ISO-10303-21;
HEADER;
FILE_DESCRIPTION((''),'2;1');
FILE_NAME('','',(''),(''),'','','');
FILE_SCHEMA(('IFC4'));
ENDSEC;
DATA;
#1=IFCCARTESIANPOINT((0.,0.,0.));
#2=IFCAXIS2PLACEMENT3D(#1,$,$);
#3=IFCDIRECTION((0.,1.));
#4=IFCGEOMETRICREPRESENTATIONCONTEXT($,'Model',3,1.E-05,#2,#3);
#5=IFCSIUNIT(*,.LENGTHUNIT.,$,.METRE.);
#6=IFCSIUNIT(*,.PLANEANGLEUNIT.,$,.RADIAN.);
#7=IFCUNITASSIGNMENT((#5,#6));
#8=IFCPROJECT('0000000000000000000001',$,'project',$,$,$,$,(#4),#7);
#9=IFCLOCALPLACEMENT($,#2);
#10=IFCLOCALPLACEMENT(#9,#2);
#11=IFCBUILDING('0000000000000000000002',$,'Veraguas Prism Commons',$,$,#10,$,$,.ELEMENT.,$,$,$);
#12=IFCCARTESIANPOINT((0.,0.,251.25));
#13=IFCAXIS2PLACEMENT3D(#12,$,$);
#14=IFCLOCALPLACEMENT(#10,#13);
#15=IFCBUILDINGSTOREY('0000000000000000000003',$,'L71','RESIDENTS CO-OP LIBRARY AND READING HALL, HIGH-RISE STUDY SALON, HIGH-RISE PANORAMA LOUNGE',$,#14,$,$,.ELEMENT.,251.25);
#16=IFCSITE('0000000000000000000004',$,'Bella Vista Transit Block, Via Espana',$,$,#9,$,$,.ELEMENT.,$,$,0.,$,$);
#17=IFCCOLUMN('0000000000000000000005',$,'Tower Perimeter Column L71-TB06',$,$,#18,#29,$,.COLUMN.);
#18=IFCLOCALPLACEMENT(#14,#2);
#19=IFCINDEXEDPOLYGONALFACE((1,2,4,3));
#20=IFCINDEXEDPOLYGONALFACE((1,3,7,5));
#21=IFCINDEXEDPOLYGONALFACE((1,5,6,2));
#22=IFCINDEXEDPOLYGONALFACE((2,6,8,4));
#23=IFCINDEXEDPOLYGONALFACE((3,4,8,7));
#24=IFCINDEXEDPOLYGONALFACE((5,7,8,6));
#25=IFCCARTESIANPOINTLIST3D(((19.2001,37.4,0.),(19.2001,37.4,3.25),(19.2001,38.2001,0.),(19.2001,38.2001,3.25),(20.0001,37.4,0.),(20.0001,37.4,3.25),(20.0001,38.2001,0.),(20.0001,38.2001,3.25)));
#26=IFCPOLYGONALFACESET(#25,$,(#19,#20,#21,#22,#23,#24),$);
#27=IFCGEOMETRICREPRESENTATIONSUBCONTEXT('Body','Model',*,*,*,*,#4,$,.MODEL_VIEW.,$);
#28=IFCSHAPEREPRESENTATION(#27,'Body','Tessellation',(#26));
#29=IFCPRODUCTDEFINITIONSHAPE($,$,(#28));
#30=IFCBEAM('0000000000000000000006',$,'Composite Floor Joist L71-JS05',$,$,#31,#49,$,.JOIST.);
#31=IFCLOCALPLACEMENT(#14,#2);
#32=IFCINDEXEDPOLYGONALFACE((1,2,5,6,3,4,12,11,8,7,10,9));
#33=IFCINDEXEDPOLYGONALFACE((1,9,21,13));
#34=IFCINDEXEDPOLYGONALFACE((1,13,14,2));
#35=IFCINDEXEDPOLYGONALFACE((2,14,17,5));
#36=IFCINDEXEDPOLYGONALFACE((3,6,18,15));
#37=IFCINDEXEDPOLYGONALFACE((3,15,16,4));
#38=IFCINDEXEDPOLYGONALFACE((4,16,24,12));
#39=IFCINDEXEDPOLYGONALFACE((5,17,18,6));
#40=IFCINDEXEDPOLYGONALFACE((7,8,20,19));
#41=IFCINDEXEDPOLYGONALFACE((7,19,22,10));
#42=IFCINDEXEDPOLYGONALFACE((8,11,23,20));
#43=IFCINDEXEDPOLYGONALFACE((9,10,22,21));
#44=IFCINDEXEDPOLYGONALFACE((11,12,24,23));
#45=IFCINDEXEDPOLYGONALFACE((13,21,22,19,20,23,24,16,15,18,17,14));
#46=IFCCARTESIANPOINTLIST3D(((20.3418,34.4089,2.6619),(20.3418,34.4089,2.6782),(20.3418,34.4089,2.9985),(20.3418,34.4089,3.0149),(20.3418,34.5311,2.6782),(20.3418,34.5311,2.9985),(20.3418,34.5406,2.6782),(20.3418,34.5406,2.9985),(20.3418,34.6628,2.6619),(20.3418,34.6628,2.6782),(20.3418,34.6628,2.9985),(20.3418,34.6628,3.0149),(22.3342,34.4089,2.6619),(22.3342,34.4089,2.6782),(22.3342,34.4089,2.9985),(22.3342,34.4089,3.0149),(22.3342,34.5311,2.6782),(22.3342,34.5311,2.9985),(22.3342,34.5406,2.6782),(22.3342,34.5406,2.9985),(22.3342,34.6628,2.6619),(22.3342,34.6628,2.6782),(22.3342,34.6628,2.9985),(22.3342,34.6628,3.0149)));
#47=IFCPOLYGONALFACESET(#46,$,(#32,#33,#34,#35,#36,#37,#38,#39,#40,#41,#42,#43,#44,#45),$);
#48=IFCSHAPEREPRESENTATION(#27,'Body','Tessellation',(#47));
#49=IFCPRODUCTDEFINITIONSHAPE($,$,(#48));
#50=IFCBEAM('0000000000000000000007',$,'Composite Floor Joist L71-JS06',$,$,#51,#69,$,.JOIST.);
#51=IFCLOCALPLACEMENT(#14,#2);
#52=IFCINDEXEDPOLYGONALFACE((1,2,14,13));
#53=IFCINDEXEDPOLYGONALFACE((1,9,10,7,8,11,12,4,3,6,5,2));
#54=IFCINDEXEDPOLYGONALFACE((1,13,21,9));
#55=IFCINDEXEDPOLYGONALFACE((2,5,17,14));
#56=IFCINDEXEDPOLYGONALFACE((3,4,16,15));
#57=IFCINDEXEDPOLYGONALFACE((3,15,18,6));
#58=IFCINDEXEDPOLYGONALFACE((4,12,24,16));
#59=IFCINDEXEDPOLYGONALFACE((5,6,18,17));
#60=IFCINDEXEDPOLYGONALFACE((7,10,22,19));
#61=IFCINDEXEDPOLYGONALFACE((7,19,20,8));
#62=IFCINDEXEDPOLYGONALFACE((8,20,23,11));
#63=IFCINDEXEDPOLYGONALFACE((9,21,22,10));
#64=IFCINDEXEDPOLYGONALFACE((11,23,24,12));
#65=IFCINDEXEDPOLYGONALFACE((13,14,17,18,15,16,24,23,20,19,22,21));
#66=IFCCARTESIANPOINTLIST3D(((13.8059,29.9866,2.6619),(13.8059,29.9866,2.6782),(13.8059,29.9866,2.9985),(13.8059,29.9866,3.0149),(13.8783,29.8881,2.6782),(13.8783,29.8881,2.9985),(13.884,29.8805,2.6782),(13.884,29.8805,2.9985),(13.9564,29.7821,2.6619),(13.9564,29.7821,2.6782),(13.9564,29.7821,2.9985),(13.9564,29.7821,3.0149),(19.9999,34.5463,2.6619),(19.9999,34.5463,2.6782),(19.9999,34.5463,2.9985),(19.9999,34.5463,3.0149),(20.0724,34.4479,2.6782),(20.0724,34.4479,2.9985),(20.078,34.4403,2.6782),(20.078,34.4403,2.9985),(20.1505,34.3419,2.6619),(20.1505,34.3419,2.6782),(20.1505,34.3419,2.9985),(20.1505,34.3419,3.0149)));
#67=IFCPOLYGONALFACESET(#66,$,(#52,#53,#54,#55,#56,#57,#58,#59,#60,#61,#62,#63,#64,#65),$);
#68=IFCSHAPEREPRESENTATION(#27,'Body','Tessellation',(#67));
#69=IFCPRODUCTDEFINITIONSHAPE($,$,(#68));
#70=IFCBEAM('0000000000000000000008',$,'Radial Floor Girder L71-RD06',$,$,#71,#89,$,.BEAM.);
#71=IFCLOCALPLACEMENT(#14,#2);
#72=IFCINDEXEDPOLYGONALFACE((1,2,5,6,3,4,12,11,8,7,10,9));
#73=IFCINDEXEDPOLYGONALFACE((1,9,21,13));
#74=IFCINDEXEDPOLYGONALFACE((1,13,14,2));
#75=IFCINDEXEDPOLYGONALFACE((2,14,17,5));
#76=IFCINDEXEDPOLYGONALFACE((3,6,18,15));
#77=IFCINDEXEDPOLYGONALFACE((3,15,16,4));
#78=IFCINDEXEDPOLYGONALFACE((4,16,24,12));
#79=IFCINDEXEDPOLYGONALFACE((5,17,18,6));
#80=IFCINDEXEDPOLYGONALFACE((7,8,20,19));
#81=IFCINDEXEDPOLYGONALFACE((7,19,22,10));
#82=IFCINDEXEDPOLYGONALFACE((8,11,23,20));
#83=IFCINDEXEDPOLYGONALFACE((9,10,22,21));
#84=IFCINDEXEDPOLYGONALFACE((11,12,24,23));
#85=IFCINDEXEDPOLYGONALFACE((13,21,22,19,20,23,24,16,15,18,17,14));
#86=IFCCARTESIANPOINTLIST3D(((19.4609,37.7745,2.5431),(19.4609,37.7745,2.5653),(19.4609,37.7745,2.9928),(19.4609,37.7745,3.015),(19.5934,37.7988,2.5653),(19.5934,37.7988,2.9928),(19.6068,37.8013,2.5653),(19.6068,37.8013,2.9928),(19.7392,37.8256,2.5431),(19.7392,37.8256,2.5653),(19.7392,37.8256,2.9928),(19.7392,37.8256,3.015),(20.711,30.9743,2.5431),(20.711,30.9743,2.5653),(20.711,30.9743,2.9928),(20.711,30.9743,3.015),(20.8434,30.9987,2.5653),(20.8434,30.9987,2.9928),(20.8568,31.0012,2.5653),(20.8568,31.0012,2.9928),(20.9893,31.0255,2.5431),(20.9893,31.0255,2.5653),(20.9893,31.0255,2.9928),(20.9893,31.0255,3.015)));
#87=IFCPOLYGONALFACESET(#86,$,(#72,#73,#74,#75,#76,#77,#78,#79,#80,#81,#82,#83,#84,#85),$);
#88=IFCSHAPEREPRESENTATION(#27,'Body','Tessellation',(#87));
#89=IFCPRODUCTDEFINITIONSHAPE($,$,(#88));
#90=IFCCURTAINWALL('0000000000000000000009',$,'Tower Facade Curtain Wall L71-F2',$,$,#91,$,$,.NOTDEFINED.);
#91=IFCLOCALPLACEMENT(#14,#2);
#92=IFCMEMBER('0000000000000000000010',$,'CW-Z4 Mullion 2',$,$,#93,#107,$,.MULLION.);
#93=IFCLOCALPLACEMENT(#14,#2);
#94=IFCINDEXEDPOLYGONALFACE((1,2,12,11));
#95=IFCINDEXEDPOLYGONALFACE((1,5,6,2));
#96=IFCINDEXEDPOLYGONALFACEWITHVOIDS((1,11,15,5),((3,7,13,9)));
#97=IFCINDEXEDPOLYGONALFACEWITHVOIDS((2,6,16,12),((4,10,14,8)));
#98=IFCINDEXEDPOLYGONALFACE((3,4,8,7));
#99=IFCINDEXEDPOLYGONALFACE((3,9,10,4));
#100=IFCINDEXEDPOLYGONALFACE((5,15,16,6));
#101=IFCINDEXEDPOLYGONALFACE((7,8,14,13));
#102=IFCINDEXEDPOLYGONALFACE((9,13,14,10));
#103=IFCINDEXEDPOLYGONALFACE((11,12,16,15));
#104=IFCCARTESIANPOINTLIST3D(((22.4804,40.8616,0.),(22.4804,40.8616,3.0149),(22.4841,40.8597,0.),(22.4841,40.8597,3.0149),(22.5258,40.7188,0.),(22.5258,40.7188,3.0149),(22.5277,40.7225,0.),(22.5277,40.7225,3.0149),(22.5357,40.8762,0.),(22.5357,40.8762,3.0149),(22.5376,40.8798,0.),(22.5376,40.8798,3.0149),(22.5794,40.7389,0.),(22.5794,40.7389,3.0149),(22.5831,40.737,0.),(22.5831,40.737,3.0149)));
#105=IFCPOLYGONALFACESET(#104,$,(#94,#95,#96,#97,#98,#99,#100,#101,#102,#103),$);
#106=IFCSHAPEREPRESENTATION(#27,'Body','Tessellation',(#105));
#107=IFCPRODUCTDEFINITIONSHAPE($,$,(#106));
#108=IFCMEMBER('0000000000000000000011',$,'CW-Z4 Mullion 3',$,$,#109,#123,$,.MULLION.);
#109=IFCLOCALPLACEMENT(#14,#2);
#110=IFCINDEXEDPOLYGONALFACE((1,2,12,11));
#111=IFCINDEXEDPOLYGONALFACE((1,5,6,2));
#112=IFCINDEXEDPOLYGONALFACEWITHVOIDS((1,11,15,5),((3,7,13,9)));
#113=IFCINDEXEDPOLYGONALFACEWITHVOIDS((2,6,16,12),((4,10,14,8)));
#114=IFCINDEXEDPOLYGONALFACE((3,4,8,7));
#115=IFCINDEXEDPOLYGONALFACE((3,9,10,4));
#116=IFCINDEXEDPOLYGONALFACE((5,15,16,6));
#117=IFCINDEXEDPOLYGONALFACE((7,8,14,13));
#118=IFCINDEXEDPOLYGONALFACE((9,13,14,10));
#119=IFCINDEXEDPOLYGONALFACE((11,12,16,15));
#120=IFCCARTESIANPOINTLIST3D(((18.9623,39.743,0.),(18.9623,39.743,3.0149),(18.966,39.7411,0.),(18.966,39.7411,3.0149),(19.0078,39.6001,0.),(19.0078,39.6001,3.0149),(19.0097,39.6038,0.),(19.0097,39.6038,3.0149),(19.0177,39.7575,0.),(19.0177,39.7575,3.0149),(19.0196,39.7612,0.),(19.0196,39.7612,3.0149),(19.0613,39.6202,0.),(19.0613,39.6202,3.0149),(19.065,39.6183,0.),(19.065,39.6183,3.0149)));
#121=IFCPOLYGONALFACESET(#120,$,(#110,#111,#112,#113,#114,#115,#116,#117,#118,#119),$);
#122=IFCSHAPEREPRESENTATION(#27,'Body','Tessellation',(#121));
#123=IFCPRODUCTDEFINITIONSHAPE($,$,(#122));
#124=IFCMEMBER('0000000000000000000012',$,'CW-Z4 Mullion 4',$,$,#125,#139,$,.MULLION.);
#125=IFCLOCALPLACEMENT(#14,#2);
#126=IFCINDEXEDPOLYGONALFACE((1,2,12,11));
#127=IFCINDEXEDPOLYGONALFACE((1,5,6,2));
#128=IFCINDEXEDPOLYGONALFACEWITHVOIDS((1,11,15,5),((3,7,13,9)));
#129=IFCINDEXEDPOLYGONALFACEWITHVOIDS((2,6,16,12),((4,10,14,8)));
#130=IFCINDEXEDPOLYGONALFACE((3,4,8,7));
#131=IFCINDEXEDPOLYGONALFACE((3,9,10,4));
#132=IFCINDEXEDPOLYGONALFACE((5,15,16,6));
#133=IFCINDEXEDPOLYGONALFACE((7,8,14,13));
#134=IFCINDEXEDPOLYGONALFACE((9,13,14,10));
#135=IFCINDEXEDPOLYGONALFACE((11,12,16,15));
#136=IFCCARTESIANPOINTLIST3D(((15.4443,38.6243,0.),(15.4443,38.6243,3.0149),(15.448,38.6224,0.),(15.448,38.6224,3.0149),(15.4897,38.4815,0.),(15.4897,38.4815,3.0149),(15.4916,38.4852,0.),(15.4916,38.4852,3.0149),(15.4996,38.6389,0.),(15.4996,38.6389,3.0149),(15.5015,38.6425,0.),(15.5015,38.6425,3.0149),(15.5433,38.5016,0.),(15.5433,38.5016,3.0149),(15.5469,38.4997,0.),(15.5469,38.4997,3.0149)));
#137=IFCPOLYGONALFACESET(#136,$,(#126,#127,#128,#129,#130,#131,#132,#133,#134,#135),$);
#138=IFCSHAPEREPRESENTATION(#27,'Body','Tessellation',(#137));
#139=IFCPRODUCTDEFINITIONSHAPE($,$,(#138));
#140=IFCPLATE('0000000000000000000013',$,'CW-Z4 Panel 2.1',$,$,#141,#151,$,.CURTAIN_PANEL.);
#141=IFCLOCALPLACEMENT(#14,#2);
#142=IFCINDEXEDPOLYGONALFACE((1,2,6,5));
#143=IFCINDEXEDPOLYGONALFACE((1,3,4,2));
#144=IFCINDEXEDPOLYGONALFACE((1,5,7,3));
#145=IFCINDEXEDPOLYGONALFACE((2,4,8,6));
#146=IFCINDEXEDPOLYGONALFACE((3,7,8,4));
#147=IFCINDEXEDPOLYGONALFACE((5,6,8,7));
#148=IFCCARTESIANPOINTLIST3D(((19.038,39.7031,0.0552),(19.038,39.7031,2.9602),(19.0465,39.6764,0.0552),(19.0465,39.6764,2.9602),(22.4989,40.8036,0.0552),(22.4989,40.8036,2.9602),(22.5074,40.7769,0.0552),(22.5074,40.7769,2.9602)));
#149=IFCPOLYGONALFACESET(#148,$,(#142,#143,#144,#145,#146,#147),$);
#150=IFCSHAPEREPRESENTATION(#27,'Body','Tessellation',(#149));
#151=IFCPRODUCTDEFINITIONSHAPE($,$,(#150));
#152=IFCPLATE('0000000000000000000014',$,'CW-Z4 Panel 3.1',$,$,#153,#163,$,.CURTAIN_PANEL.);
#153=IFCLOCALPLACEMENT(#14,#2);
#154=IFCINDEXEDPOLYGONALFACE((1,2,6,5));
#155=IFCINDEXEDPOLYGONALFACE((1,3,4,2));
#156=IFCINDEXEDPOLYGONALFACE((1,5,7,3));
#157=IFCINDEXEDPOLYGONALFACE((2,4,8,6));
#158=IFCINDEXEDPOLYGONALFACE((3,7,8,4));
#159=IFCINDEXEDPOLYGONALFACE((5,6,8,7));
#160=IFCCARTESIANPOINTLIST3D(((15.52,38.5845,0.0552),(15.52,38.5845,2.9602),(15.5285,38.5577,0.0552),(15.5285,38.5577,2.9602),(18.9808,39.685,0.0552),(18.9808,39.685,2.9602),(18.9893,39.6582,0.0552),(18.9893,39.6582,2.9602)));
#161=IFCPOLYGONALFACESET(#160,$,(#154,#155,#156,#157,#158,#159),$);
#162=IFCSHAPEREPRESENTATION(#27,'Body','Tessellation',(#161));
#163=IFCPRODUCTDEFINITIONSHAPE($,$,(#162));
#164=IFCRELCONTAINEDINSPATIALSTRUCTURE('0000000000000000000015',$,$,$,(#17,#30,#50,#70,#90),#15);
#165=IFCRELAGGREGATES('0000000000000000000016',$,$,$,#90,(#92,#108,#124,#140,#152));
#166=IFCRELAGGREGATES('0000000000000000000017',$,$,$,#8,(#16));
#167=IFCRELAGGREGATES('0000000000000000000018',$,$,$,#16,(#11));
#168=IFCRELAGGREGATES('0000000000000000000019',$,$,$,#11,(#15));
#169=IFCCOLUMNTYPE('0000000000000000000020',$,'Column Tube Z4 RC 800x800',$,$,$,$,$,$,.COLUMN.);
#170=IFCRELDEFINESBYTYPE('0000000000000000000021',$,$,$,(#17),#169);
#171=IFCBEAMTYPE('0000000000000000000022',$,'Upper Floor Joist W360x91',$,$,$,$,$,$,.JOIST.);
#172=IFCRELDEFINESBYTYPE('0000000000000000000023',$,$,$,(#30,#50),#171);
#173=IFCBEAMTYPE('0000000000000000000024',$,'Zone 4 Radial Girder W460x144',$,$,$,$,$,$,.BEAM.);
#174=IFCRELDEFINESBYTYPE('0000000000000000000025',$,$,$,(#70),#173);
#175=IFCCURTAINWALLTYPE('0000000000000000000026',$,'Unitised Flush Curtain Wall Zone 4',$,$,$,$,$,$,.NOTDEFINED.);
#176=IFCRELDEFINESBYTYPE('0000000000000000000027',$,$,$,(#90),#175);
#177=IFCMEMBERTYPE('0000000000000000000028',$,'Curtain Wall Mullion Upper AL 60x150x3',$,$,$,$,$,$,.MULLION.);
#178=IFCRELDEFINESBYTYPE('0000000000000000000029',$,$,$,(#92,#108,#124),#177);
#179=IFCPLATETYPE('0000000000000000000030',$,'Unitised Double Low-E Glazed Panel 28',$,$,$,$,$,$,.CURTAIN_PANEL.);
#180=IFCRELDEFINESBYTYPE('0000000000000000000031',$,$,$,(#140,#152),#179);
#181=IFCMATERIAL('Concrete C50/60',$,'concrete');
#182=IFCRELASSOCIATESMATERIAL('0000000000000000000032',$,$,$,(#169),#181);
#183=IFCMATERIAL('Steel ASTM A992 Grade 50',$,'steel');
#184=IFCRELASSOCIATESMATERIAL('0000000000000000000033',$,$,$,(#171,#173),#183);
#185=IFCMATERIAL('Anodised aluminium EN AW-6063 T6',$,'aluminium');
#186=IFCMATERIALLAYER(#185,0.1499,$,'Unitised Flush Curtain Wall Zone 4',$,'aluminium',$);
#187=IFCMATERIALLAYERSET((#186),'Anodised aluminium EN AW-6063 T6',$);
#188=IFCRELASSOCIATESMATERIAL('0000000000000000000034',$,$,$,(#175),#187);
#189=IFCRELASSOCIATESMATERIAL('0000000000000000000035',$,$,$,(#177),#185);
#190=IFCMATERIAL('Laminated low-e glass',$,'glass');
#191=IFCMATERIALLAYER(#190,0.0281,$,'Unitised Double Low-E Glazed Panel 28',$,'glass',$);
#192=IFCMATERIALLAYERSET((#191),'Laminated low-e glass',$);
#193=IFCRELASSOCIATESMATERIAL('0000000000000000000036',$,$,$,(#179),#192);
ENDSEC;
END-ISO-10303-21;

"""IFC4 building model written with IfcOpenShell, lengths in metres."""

from ifc_helpers import new_model, si_unit, direction, frame, origin, origin_2d, place, context, subcontext, project, spatial, rectangle, hollow_rectangle, i_section, extrude, source, transform, mapped, material, layer, layer_set, material_profile, profile_set, type_object, element, aggregate, save


model = new_model("IFC4")

# Units and contexts
model_context = context("Model", 3, precision=1e-05, world=origin(), true_north=direction((0.0, 1.0)))
body_context = subcontext(model_context, "Body", "Model", "MODEL_VIEW")
ifc_project = project(units=[si_unit("LENGTHUNIT", "METRE"), si_unit("PLANEANGLEUNIT", "RADIAN")], contexts=[model_context])

# Site, building, storey
site_placement = place(None, origin())
site = spatial("IfcSite", under=ifc_project, at=site_placement, Name="Bella Vista Transit Block, Via Espana", CompositionType="ELEMENT", RefElevation=0.0)
building_placement = place(site_placement, origin())
building = spatial("IfcBuilding", under=site, at=building_placement, Name="Veraguas Prism Commons", CompositionType="ELEMENT")
storey_placement = place(building_placement, frame((0.0, 0.0, 251.25)))
storey = spatial("IfcBuildingStorey", under=building, at=storey_placement, Name="L71", Description="RESIDENTS CO-OP LIBRARY AND READING HALL, HIGH-RISE STUDY SALON, HIGH-RISE PANORAMA LOUNGE", CompositionType="ELEMENT", Elevation=251.25)

# Column
ifc_material_1 = material(Name="Concrete C50/60", Category="concrete")
ifc_material_profile_1 = material_profile(ifc_material_1, rectangle(XDim=0.8, YDim=0.8, at=origin_2d()), Name="RC800X800")
ifc_profile_set_1 = profile_set([ifc_material_profile_1], Name="Concrete C50/60")
column_type = type_object("IfcColumnType", Name="Column Tube Z4 RC 800x800", PredefinedType="COLUMN", material=ifc_profile_set_1)
column_placement = place(storey_placement, frame((19.6001, 37.8, 0.0), z_axis=(0.0, 0.0, 1.0), x_axis=(1.0, 0.0, 0.0)))
element("IfcColumn", 1, at=column_placement, inside=storey, type_object=column_type, Name="Tower Perimeter Column L71-TB06", PredefinedType="COLUMN", context=body_context, shape_type="SweptSolid", body=[
    extrude(rectangle(XDim=0.8, YDim=0.8, at=origin_2d()), origin(), (0.0, 0.0, 1.0), 3.25),
])

# Beams
ifc_material_2 = material(Name="Steel ASTM A992 Grade 50", Category="steel")
ifc_material_profile_2 = material_profile(ifc_material_2, i_section(OverallWidth=0.2539, OverallDepth=0.353, WebThickness=0.0095, FlangeThickness=0.0164, at=origin_2d()), Name="W360X91")
ifc_profile_set_2 = profile_set([ifc_material_profile_2], Name="Steel ASTM A992 Grade 50")
beam_type_1 = type_object("IfcBeamType", Name="Upper Floor Joist W360x91", PredefinedType="JOIST", material=ifc_profile_set_2)
beam_1_placement = place(storey_placement, frame((22.3342, 34.5359, 2.8384), z_axis=(-1.0, 0.0, 0.0), x_axis=(0.0, -1.0, 0.0)))
element("IfcBeam", 2, at=beam_1_placement, inside=storey, type_object=beam_type_1, Name="Composite Floor Joist L71-JS05", PredefinedType="JOIST", context=body_context, shape_type="SweptSolid", body=[
    extrude(i_section(OverallWidth=0.2539, OverallDepth=0.353, WebThickness=0.0095, FlangeThickness=0.0164, at=origin_2d()), origin(), (0.0, 0.0, 1.0), 1.9924),
])
beam_2_placement = place(storey_placement, frame((20.0752, 34.4441, 2.8384), z_axis=(-0.80532, -0.592841, 0.0), x_axis=(0.592841, -0.80532, 0.0)))
element("IfcBeam", 3, at=beam_2_placement, inside=storey, type_object=beam_type_1, Name="Composite Floor Joist L71-JS06", PredefinedType="JOIST", context=body_context, shape_type="SweptSolid", body=[
    extrude(i_section(OverallWidth=0.2539, OverallDepth=0.353, WebThickness=0.0095, FlangeThickness=0.0164, at=origin_2d()), origin(), (0.0, 0.0, 1.0), 7.6914),
])
ifc_material_profile_3 = material_profile(ifc_material_2, i_section(OverallWidth=0.283, OverallDepth=0.4719, WebThickness=0.0137, FlangeThickness=0.0222, at=origin_2d()), Name="W460X144")
ifc_profile_set_3 = profile_set([ifc_material_profile_3], Name="Steel ASTM A992 Grade 50")
beam_type_2 = type_object("IfcBeamType", Name="Zone 4 Radial Girder W460x144", PredefinedType="BEAM", material=ifc_profile_set_3)
beam_3_placement = place(storey_placement, frame((19.6001, 37.8, 2.7791), z_axis=(0.180793, -0.983521, 0.0), x_axis=(0.983521, 0.180793, 0.0)))
element("IfcBeam", 4, at=beam_3_placement, inside=storey, type_object=beam_type_2, Name="Radial Floor Girder L71-RD06", PredefinedType="BEAM", context=body_context, shape_type="SweptSolid", body=[
    extrude(i_section(OverallWidth=0.283, OverallDepth=0.4719, WebThickness=0.0137, FlangeThickness=0.0222, at=origin_2d()), origin(), (0.0, 0.0, 1.0), 6.9141),
])

# Curtain wall, members, plates
ifc_material_3 = material(Name="Anodised aluminium EN AW-6063 T6", Category="aluminium")
ifc_layer_1 = layer(ifc_material_3, 0.1499, Name="Unitised Flush Curtain Wall Zone 4", Category="aluminium")
ifc_layer_set_1 = layer_set([ifc_layer_1], Name="Anodised aluminium EN AW-6063 T6")
curtain_wall_type = type_object("IfcCurtainWallType", Name="Unitised Flush Curtain Wall Zone 4", PredefinedType="NOTDEFINED", material=ifc_layer_set_1)
curtain_wall_placement = place(storey_placement, origin())
curtain_wall = element("IfcCurtainWall", 5, at=curtain_wall_placement, inside=storey, type_object=curtain_wall_type, Name="Tower Facade Curtain Wall L71-F2", PredefinedType="NOTDEFINED")
ifc_material_profile_4 = material_profile(ifc_material_3, hollow_rectangle(XDim=0.0601, YDim=0.1499, WallThickness=0.0029, at=origin_2d()), Name="AL60X150X3")
ifc_profile_set_4 = profile_set([ifc_material_profile_4], Name="Anodised aluminium EN AW-6063 T6")
member_type = type_object("IfcMemberType", Name="Curtain Wall Mullion Upper AL 60x150x3", PredefinedType="MULLION", material=ifc_profile_set_4)
shared_shape_1 = source(origin(), body_context, "Body", "SweptSolid", [
    extrude(hollow_rectangle(XDim=0.0601, YDim=0.1499, WallThickness=0.0029, at=origin_2d()), origin(), (0.0, 0.0, 1.0), 3.0149),
])
member_1_placement = place(storey_placement, frame((22.5317, 40.7993, 0.0), z_axis=(0.0, 0.0, 1.0), x_axis=(-0.95298, -0.303034, 0.0)))
member_1 = element("IfcMember", 6, at=member_1_placement, type_object=member_type, Name="CW-Z4 Mullion 2", PredefinedType="MULLION", context=body_context, shape_type="MappedRepresentation", body=[
    mapped(shared_shape_1, transform((0.0, 0.0, 0.0), scale=1.0)),
])
member_2_placement = place(storey_placement, frame((19.0137, 39.6807, 0.0), z_axis=(0.0, 0.0, 1.0), x_axis=(-0.95298, -0.303034, 0.0)))
member_2 = element("IfcMember", 7, at=member_2_placement, type_object=member_type, Name="CW-Z4 Mullion 3", PredefinedType="MULLION", context=body_context, shape_type="MappedRepresentation", body=[
    mapped(shared_shape_1, transform((0.0, 0.0, 0.0), scale=1.0)),
])
member_3_placement = place(storey_placement, frame((15.4956, 38.562, 0.0), z_axis=(0.0, 0.0, 1.0), x_axis=(-0.95298, -0.303034, 0.0)))
member_3 = element("IfcMember", 8, at=member_3_placement, type_object=member_type, Name="CW-Z4 Mullion 4", PredefinedType="MULLION", context=body_context, shape_type="MappedRepresentation", body=[
    mapped(shared_shape_1, transform((0.0, 0.0, 0.0), scale=1.0)),
])
ifc_material_4 = material(Name="Laminated low-e glass", Category="glass")
ifc_layer_2 = layer(ifc_material_4, 0.0281, Name="Unitised Double Low-E Glazed Panel 28", Category="glass")
ifc_layer_set_2 = layer_set([ifc_layer_2], Name="Laminated low-e glass")
plate_type = type_object("IfcPlateType", Name="Unitised Double Low-E Glazed Panel 28", PredefinedType="CURTAIN_PANEL", material=ifc_layer_set_2)
shared_shape_2 = source(origin(), body_context, "Body", "SweptSolid", [
    extrude(rectangle(XDim=3.6316, YDim=0.0281, at=origin_2d()), origin(), (0.0, 0.0, 1.0), 2.905),
])
plate_1_placement = place(storey_placement, frame((20.7727, 40.24, 0.0552), z_axis=(0.0, 0.0, 1.0), x_axis=(-0.95298, -0.303034, 0.0)))
plate_1 = element("IfcPlate", 9, at=plate_1_placement, type_object=plate_type, Name="CW-Z4 Panel 2.1", PredefinedType="CURTAIN_PANEL", context=body_context, shape_type="MappedRepresentation", body=[
    mapped(shared_shape_2, transform((0.0, 0.0, 0.0), scale=1.0)),
])
plate_2_placement = place(storey_placement, frame((17.2546, 39.1213, 0.0552), z_axis=(0.0, 0.0, 1.0), x_axis=(-0.95298, -0.303034, 0.0)))
plate_2 = element("IfcPlate", 10, at=plate_2_placement, type_object=plate_type, Name="CW-Z4 Panel 3.1", PredefinedType="CURTAIN_PANEL", context=body_context, shape_type="MappedRepresentation", body=[
    mapped(shared_shape_2, transform((0.0, 0.0, 0.0), scale=1.0)),
])
aggregate(curtain_wall, [member_1, member_2, member_3, plate_1, plate_2])

save(model, "model.ifc")
